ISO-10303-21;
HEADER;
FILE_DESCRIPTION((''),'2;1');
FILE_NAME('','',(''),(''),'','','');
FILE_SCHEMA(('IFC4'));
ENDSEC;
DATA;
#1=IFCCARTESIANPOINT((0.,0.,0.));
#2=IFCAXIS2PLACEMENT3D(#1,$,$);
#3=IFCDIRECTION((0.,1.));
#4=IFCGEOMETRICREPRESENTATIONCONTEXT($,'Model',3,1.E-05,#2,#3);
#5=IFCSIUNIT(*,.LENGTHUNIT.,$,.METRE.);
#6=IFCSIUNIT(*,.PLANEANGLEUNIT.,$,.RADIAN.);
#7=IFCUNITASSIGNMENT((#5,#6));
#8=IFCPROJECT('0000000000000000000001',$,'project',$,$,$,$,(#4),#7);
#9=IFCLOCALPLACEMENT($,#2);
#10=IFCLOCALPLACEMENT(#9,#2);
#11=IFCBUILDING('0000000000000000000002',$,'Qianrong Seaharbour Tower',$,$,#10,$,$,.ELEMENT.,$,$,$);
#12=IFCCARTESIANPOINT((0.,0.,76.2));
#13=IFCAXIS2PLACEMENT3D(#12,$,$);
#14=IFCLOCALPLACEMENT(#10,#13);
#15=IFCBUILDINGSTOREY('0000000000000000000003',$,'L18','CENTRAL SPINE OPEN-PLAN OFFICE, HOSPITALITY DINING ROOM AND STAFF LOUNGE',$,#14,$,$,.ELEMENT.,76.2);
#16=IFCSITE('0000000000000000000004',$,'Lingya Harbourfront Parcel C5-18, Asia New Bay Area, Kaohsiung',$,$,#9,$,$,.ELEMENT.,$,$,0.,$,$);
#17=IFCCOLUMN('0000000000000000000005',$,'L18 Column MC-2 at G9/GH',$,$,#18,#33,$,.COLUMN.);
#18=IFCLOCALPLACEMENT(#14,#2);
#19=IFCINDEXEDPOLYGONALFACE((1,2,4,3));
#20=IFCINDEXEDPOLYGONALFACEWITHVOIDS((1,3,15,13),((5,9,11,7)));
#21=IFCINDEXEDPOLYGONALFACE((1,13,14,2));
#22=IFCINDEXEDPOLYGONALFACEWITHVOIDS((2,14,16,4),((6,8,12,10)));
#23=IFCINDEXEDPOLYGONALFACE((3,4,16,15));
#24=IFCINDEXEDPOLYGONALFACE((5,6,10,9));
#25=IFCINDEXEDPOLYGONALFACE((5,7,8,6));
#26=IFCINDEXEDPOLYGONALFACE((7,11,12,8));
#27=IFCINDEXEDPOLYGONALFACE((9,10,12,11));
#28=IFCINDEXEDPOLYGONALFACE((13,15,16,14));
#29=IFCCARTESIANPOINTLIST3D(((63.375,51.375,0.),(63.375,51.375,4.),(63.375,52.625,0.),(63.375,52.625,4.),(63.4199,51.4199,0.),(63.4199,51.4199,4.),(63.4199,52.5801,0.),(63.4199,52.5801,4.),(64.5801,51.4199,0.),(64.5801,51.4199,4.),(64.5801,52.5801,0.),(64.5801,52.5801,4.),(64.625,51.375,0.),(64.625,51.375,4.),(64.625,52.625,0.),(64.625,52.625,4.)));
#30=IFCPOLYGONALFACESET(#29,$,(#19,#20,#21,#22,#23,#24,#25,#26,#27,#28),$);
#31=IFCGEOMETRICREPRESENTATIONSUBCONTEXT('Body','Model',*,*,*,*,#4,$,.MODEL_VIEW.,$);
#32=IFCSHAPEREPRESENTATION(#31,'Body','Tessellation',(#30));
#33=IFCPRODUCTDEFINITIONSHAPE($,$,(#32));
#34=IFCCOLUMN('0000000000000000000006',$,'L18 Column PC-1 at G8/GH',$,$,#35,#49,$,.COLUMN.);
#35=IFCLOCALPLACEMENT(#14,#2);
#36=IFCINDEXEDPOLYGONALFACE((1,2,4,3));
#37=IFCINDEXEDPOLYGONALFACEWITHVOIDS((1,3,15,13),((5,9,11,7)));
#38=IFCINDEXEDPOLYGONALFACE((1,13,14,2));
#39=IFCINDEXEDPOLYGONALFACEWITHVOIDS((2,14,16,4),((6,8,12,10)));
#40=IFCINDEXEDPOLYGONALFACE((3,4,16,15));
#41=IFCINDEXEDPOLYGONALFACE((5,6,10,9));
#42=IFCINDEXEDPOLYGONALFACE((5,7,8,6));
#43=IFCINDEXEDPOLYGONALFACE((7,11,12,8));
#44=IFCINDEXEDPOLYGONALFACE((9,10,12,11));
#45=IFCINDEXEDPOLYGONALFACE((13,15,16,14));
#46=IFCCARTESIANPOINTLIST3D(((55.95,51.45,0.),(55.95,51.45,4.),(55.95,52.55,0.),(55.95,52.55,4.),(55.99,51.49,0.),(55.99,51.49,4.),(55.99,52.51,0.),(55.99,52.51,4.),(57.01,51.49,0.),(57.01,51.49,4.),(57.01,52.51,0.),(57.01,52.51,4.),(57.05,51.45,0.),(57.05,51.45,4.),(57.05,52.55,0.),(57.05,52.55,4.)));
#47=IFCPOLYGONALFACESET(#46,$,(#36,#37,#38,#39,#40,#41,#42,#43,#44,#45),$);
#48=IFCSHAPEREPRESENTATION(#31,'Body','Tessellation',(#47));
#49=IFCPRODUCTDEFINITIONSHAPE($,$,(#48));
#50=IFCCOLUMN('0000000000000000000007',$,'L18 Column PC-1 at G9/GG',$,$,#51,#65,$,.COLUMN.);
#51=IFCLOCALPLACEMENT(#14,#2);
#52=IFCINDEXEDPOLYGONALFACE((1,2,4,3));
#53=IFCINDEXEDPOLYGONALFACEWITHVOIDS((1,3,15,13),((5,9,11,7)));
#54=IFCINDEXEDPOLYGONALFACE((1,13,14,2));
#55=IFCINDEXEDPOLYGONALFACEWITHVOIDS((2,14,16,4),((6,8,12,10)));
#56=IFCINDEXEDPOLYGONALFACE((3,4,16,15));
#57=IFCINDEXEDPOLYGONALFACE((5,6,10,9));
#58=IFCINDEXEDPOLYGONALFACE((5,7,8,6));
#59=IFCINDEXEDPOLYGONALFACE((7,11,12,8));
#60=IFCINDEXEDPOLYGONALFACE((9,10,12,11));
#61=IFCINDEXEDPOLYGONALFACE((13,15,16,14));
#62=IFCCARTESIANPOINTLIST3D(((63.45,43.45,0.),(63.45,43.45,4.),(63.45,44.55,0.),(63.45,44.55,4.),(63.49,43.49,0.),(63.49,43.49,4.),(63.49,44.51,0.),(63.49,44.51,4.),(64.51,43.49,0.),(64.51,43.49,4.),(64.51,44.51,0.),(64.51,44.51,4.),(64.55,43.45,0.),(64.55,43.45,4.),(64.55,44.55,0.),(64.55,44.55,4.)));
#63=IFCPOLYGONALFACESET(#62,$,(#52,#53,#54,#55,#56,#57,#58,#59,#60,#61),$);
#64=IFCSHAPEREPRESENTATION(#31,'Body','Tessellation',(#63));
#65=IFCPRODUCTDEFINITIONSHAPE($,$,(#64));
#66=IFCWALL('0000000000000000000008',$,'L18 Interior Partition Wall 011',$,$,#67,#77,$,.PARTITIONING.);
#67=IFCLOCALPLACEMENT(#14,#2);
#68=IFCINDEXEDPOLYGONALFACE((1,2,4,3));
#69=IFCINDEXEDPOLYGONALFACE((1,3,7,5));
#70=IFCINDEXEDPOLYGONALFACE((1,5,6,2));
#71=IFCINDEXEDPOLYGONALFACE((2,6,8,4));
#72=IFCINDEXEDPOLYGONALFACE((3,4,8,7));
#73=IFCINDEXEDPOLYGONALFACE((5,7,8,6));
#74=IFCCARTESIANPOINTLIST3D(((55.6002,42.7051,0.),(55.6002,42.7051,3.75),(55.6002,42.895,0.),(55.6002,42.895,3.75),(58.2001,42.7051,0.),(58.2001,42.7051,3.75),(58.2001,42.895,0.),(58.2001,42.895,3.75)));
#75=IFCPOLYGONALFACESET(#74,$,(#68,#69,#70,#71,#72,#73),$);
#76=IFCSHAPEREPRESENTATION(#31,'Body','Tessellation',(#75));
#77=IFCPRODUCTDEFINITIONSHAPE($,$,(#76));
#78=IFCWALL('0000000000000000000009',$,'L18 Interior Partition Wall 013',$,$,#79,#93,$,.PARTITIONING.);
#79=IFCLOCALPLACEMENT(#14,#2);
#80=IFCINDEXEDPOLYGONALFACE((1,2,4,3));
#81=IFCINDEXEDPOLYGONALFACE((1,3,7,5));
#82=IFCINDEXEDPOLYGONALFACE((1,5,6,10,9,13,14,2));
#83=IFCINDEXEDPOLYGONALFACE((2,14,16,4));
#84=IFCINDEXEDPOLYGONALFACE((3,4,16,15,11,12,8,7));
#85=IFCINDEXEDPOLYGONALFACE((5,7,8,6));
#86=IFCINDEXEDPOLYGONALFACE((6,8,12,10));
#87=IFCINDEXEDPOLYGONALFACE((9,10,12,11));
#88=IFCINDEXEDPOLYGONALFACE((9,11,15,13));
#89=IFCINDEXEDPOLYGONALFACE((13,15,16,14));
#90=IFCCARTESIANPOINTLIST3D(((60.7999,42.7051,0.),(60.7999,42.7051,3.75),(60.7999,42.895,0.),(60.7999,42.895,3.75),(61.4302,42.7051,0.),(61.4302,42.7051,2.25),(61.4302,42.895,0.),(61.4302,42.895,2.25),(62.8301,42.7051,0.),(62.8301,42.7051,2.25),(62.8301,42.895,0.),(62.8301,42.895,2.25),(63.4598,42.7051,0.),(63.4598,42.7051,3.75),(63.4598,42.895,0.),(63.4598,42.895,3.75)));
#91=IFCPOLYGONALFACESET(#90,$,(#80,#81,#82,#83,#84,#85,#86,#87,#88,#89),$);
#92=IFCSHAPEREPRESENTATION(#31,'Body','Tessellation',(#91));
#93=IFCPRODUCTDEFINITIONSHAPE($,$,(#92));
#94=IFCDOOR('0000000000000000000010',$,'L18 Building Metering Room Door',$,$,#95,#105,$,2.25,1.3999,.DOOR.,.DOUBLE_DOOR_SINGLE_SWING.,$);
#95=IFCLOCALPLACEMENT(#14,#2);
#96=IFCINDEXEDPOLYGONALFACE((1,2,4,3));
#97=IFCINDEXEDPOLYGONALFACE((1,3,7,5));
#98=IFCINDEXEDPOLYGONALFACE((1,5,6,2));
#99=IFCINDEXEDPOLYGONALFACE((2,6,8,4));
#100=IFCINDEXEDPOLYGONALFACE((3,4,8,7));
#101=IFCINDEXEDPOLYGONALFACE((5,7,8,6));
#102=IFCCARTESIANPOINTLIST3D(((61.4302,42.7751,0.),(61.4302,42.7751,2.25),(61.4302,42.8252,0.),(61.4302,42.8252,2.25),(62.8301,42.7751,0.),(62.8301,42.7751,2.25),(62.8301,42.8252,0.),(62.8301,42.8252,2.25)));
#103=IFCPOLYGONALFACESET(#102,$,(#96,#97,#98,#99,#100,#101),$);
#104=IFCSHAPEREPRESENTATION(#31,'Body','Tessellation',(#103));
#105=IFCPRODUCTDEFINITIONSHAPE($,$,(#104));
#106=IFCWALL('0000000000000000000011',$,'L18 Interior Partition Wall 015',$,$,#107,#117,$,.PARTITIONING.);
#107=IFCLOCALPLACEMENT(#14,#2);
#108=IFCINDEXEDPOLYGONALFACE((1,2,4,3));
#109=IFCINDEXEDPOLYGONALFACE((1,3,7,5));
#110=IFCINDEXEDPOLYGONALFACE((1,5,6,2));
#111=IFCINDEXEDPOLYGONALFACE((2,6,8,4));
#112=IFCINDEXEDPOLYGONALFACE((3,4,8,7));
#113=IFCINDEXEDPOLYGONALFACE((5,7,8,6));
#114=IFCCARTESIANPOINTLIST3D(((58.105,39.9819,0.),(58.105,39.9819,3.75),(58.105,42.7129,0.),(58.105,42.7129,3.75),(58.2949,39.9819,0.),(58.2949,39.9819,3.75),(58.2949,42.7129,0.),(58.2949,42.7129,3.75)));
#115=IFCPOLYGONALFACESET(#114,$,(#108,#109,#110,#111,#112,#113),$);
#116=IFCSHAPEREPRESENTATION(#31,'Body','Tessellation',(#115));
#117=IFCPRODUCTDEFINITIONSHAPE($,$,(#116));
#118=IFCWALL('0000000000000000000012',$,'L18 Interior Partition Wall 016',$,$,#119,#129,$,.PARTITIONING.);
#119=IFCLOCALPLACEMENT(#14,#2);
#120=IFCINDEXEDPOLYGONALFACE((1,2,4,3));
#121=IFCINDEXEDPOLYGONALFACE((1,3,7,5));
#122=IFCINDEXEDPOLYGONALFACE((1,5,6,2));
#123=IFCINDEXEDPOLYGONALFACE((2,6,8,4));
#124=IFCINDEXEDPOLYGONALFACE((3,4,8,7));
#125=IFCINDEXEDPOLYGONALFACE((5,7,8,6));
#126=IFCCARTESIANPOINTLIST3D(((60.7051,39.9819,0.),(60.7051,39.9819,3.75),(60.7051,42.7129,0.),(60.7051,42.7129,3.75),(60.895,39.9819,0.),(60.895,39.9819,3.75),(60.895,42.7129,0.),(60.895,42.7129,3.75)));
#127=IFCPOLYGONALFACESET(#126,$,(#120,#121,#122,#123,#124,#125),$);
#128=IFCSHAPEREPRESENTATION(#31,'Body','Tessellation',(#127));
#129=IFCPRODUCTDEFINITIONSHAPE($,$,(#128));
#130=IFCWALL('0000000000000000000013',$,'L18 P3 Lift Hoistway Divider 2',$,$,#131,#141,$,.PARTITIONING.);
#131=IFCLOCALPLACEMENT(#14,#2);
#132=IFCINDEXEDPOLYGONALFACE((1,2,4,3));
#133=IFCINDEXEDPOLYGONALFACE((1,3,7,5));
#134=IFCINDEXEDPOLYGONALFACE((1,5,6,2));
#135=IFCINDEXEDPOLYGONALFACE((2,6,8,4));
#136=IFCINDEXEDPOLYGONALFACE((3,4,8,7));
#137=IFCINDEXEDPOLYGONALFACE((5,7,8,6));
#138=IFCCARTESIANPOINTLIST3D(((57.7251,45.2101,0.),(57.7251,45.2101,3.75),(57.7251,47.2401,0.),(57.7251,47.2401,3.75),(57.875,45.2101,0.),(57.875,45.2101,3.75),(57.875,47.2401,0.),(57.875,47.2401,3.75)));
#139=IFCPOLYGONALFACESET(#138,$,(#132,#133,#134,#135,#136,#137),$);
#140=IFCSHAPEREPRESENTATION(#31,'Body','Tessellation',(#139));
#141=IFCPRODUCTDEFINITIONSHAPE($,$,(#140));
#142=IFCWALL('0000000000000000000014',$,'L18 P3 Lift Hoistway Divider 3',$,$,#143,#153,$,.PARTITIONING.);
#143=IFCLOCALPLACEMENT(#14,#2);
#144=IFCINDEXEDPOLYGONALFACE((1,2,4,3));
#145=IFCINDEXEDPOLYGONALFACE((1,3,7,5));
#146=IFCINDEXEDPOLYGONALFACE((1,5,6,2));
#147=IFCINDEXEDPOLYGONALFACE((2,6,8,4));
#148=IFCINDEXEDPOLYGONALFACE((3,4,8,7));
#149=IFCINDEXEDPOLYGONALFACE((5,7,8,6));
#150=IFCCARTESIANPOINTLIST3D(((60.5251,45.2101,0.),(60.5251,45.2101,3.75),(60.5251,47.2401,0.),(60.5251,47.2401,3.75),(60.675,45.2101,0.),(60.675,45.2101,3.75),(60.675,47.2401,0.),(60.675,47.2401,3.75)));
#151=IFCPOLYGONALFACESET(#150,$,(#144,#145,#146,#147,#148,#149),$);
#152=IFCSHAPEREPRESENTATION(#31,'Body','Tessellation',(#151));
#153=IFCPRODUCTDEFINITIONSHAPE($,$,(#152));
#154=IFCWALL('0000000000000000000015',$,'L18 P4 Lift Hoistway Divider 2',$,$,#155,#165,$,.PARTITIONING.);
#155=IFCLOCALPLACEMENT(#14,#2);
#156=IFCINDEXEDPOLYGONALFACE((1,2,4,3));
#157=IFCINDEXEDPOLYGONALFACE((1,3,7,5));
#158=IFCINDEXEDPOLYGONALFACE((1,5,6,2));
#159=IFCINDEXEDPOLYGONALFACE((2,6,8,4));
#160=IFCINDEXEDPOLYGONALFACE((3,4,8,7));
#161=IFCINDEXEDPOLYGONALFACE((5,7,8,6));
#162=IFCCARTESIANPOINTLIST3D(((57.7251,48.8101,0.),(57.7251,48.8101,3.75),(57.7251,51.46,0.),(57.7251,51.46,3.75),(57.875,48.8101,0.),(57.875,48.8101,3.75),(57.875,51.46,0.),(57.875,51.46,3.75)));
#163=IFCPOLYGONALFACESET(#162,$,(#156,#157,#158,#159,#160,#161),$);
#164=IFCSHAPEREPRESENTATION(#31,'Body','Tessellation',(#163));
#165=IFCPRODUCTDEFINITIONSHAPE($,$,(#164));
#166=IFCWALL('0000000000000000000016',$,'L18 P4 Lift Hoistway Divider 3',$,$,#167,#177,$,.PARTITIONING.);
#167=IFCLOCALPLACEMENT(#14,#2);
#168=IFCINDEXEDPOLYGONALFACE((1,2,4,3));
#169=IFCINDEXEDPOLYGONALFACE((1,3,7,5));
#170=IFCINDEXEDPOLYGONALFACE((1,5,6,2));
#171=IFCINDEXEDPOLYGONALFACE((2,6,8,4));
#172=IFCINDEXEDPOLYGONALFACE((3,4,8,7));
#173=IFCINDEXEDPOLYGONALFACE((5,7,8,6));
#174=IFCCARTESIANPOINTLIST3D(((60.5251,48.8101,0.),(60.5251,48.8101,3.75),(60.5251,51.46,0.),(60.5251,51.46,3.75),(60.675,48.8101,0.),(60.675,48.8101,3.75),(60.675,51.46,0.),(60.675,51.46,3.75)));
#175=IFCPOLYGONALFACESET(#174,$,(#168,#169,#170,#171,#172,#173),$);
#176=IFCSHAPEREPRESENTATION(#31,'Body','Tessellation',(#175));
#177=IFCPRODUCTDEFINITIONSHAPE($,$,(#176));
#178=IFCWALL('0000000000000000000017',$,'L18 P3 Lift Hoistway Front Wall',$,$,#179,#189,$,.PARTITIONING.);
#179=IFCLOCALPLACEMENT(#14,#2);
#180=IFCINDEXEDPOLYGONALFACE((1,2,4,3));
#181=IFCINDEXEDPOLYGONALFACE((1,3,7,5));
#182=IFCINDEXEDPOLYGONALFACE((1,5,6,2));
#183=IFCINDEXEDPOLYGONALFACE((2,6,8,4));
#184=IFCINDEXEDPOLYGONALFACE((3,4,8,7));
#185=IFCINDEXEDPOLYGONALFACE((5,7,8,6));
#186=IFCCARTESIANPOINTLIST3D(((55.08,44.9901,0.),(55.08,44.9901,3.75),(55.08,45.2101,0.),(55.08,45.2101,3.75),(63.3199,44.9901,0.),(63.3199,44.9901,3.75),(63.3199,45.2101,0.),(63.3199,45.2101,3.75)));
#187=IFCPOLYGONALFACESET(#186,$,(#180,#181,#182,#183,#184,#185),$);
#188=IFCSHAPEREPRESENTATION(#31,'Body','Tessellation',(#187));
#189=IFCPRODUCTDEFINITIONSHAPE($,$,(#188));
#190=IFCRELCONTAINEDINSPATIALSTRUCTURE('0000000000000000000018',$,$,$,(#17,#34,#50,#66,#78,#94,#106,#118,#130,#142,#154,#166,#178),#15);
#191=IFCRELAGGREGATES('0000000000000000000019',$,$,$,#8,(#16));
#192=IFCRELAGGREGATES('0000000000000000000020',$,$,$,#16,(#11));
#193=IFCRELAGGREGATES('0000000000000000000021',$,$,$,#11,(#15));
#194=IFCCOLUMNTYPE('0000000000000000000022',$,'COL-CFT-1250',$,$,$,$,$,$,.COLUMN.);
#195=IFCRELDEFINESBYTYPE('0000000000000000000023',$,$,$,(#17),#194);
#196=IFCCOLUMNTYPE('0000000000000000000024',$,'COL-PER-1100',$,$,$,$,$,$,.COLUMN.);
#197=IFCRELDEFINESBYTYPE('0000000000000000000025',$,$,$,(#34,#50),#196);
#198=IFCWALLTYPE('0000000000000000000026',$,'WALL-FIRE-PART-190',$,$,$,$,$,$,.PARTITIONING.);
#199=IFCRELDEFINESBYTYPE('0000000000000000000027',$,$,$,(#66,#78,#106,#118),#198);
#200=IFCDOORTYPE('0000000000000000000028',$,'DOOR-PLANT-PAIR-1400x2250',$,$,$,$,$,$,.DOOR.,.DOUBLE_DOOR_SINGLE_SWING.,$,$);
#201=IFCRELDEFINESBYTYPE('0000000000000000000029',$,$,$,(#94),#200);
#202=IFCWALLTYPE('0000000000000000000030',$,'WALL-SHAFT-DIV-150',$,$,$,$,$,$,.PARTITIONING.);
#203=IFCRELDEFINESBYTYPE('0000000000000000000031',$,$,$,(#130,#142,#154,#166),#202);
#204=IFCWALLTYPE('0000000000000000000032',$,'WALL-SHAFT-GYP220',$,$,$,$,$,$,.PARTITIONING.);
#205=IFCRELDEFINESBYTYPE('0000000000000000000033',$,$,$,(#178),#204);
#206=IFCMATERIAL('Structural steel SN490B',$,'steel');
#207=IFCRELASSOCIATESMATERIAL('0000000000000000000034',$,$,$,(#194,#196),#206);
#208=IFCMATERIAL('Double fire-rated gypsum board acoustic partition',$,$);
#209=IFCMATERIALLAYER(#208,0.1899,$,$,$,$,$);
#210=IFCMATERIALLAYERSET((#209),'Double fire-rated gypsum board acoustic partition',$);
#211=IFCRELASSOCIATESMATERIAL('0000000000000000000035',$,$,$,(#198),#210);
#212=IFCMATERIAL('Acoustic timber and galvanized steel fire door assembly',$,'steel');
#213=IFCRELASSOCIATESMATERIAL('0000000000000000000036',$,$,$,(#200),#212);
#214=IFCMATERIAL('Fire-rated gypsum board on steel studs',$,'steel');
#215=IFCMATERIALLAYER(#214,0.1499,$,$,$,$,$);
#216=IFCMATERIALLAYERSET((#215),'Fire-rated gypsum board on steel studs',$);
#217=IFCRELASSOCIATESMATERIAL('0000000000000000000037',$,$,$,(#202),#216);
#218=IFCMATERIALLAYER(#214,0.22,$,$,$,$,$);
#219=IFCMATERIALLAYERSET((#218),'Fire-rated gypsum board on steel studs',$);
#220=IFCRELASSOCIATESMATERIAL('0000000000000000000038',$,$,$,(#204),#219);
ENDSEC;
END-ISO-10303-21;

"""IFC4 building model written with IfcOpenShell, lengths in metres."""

from ifc_helpers import new_model, si_unit, direction, frame, frame_2d, origin, origin_2d, place, context, subcontext, project, spatial, rectangle, hollow_rectangle, extrude, material, layer, layer_set, material_profile, profile_set, type_object, element, fill, save


model = new_model("IFC4")

# Units and contexts
model_context = context("Model", 3, precision=1e-05, world=origin(), true_north=direction((0.0, 1.0)))
body_context = subcontext(model_context, "Body", "Model", "MODEL_VIEW")
ifc_project = project(units=[si_unit("LENGTHUNIT", "METRE"), si_unit("PLANEANGLEUNIT", "RADIAN")], contexts=[model_context])

# Site, building, storey
site_placement = place(None, origin())
site = spatial("IfcSite", under=ifc_project, at=site_placement, Name="Lingya Harbourfront Parcel C5-18, Asia New Bay Area, Kaohsiung", CompositionType="ELEMENT", RefElevation=0.0)
building_placement = place(site_placement, origin())
building = spatial("IfcBuilding", under=site, at=building_placement, Name="Qianrong Seaharbour Tower", CompositionType="ELEMENT")
storey_placement = place(building_placement, frame((0.0, 0.0, 76.2)))
storey = spatial("IfcBuildingStorey", under=building, at=storey_placement, Name="L18", Description="CENTRAL SPINE OPEN-PLAN OFFICE, HOSPITALITY DINING ROOM AND STAFF LOUNGE", CompositionType="ELEMENT", Elevation=76.2)

# Columns
ifc_material_1 = material(Name="Structural steel SN490B", Category="steel")
ifc_material_profile_1 = material_profile(ifc_material_1, hollow_rectangle(XDim=1.25, YDim=1.25, WallThickness=0.0449, at=origin_2d()), Name="BOX1250x1250x45")
ifc_profile_set_1 = profile_set([ifc_material_profile_1], Name="Structural steel SN490B")
column_type_1 = type_object("IfcColumnType", Name="COL-CFT-1250", PredefinedType="COLUMN", material=ifc_profile_set_1)
column_placement = place(storey_placement, frame((64.0, 52.0, 0.0), z_axis=(0.0, 0.0, 1.0), x_axis=(1.0, 0.0, 0.0)))
element("IfcColumn", 1, at=column_placement, inside=storey, type_object=column_type_1, Name="L18 Column MC-2 at G9/GH", PredefinedType="COLUMN", context=body_context, shape_type="SweptSolid", body=[
    extrude(hollow_rectangle(XDim=1.25, YDim=1.25, WallThickness=0.0449, at=origin_2d()), origin(), (0.0, 0.0, 1.0), 4.0),
])
ifc_material_profile_2 = material_profile(ifc_material_1, hollow_rectangle(XDim=1.1001, YDim=1.1001, WallThickness=0.04, at=origin_2d()), Name="BOX1100x1100x40")
ifc_profile_set_2 = profile_set([ifc_material_profile_2], Name="Structural steel SN490B")
column_type_2 = type_object("IfcColumnType", Name="COL-PER-1100", PredefinedType="COLUMN", material=ifc_profile_set_2)
for number, where, z_axis, x_axis, name in (
    (2, (56.5, 52.0, 0.0), (0.0, 0.0, 1.0), (1.0, 0.0, 0.0), "L18 Column PC-1 at G8/GH"),
    (3, (64.0, 44.0, 0.0), (0.0, 0.0, 1.0), (1.0, 0.0, 0.0), "L18 Column PC-1 at G9/GG"),
):
    element("IfcColumn", number, at=place(storey_placement, frame(where, z_axis=z_axis, x_axis=x_axis)), inside=storey, type_object=column_type_2, Name=name, PredefinedType="COLUMN", context=body_context, shape_type="SweptSolid", body=[
        extrude(hollow_rectangle(XDim=1.1001, YDim=1.1001, WallThickness=0.04, at=origin_2d()), origin(), (0.0, 0.0, 1.0), 4.0),
    ])

# Shared definitions
ifc_material_2 = material(Name="Acoustic timber and galvanized steel fire door assembly", Category="steel")

# Wall
ifc_material_3 = material(Name="Double fire-rated gypsum board acoustic partition")
ifc_layer_1 = layer(ifc_material_3, 0.1899)
ifc_layer_set_1 = layer_set([ifc_layer_1], Name="Double fire-rated gypsum board acoustic partition")
wall_type_1 = type_object("IfcWallType", Name="WALL-FIRE-PART-190", PredefinedType="PARTITIONING", material=ifc_layer_set_1)
wall_1_placement = place(storey_placement, frame((58.2, 42.8, 0.0), z_axis=(0.0, 0.0, 1.0), x_axis=(-1.0, 0.0, 0.0)))
element("IfcWall", 4, at=wall_1_placement, inside=storey, type_object=wall_type_1, Name="L18 Interior Partition Wall 011", PredefinedType="PARTITIONING", context=body_context, shape_type="SweptSolid", body=[
    extrude(rectangle(XDim=2.5999, YDim=0.1899, at=frame_2d((1.2998, 0.0))), origin(), (0.0, 0.0, 1.0), 3.75),
])

# Wall, opening, door
wall_2_placement = place(storey_placement, frame((63.46, 42.8, 0.0), z_axis=(0.0, 0.0, 1.0), x_axis=(-1.0, 0.0, 0.0)))
wall_2 = element("IfcWall", 5, at=wall_2_placement, inside=storey, type_object=wall_type_1, Name="L18 Interior Partition Wall 013", PredefinedType="PARTITIONING", context=body_context, shape_type="SweptSolid", body=[
    extrude(rectangle(XDim=2.6599, YDim=0.1899, at=frame_2d((1.3301, 0.0))), origin(), (0.0, 0.0, 1.0), 3.75),
])
opening_1_placement = place(wall_2_placement, frame((0.6299, 0.0, 0.0)))
opening_1 = element("IfcOpeningElement", 6, at=opening_1_placement, cuts=wall_2, PredefinedType="OPENING", context=body_context, shape_type="SweptSolid", body=[
    extrude(rectangle(XDim=1.3999, YDim=2.25, at=frame_2d((0.7, 1.125))), frame((0.0, 0.105, 0.0), z_axis=(0.0, -1.0, 0.0), x_axis=(1.0, 0.0, 0.0)), (0.0, 0.0, 1.0), 0.21),
])
door_type_1 = type_object("IfcDoorType", Name="DOOR-PLANT-PAIR-1400x2250", OperationType="DOUBLE_DOOR_SINGLE_SWING", PredefinedType="DOOR", material=ifc_material_2)
door_1_placement = place(opening_1_placement, origin())
door_1 = element("IfcDoor", 7, at=door_1_placement, inside=storey, type_object=door_type_1, Name="L18 Building Metering Room Door", OperationType="DOUBLE_DOOR_SINGLE_SWING", OverallHeight=2.25, OverallWidth=1.3999, PredefinedType="DOOR", context=body_context, shape_type="SweptSolid", body=[
    extrude(rectangle(XDim=1.3999, YDim=2.25, at=frame_2d((0.7, 1.125))), frame((0.0, 0.0249, 0.0), z_axis=(0.0, -1.0, 0.0), x_axis=(1.0, 0.0, 0.0)), (0.0, 0.0, 1.0), 0.05),
])
fill(opening_1, door_1)

# Walls
for number, where, z_axis, x_axis, name in (
    (8, (58.2, 42.7129, 0.0), (0.0, 0.0, 1.0), (0.0, -1.0, 0.0), "L18 Interior Partition Wall 015"),
    (9, (60.8, 42.7129, 0.0), (0.0, 0.0, 1.0), (0.0, -1.0, 0.0), "L18 Interior Partition Wall 016"),
):
    element("IfcWall", number, at=place(storey_placement, frame(where, z_axis=z_axis, x_axis=x_axis)), inside=storey, type_object=wall_type_1, Name=name, PredefinedType="PARTITIONING", context=body_context, shape_type="SweptSolid", body=[
        extrude(rectangle(XDim=2.731, YDim=0.1899, at=frame_2d((1.3655, 0.0))), origin(), (0.0, 0.0, 1.0), 3.75),
    ])
ifc_material_4 = material(Name="Fire-rated gypsum board on steel studs", Category="steel")
ifc_layer_2 = layer(ifc_material_4, 0.1499)
ifc_layer_set_2 = layer_set([ifc_layer_2], Name="Fire-rated gypsum board on steel studs")
wall_type_2 = type_object("IfcWallType", Name="WALL-SHAFT-DIV-150", PredefinedType="PARTITIONING", material=ifc_layer_set_2)
for number, where, z_axis, x_axis, name in (
    (10, (57.8, 45.21, 0.0), (0.0, 0.0, 1.0), (0.0, 1.0, 0.0), "L18 P3 Lift Hoistway Divider 2"),
    (11, (60.6001, 45.21, 0.0), (0.0, 0.0, 1.0), (0.0, 1.0, 0.0), "L18 P3 Lift Hoistway Divider 3"),
):
    element("IfcWall", number, at=place(storey_placement, frame(where, z_axis=z_axis, x_axis=x_axis)), inside=storey, type_object=wall_type_2, Name=name, PredefinedType="PARTITIONING", context=body_context, shape_type="SweptSolid", body=[
        extrude(rectangle(XDim=2.03, YDim=0.1499, at=frame_2d((1.0151, 0.0))), origin(), (0.0, 0.0, 1.0), 3.75),
    ])
for number, where, z_axis, x_axis, name in (
    (12, (57.8, 48.8101, 0.0), (0.0, 0.0, 1.0), (0.0, 1.0, 0.0), "L18 P4 Lift Hoistway Divider 2"),
    (13, (60.6001, 48.8101, 0.0), (0.0, 0.0, 1.0), (0.0, 1.0, 0.0), "L18 P4 Lift Hoistway Divider 3"),
):
    element("IfcWall", number, at=place(storey_placement, frame(where, z_axis=z_axis, x_axis=x_axis)), inside=storey, type_object=wall_type_2, Name=name, PredefinedType="PARTITIONING", context=body_context, shape_type="SweptSolid", body=[
        extrude(rectangle(XDim=2.6499, YDim=0.1499, at=frame_2d((1.325, 0.0))), origin(), (0.0, 0.0, 1.0), 3.75),
    ])
ifc_layer_3 = layer(ifc_material_4, 0.22)
ifc_layer_set_3 = layer_set([ifc_layer_3], Name="Fire-rated gypsum board on steel studs")
wall_type_3 = type_object("IfcWallType", Name="WALL-SHAFT-GYP220", PredefinedType="PARTITIONING", material=ifc_layer_set_3)
for number, where, z_axis, x_axis, name in (
    (14, (63.3201, 45.1001, 0.0), (0.0, 0.0, 1.0), (-1.0, 0.0, 0.0), "L18 P3 Lift Hoistway Front Wall"),
):
    element("IfcWall", number, at=place(storey_placement, frame(where, z_axis=z_axis, x_axis=x_axis)), inside=storey, type_object=wall_type_3, Name=name, PredefinedType="PARTITIONING", context=body_context, shape_type="SweptSolid", body=[
        extrude(rectangle(XDim=8.24, YDim=0.22, at=frame_2d((4.1201, 0.0))), origin(), (0.0, 0.0, 1.0), 3.75),
    ])

save(model, "model.ifc")
